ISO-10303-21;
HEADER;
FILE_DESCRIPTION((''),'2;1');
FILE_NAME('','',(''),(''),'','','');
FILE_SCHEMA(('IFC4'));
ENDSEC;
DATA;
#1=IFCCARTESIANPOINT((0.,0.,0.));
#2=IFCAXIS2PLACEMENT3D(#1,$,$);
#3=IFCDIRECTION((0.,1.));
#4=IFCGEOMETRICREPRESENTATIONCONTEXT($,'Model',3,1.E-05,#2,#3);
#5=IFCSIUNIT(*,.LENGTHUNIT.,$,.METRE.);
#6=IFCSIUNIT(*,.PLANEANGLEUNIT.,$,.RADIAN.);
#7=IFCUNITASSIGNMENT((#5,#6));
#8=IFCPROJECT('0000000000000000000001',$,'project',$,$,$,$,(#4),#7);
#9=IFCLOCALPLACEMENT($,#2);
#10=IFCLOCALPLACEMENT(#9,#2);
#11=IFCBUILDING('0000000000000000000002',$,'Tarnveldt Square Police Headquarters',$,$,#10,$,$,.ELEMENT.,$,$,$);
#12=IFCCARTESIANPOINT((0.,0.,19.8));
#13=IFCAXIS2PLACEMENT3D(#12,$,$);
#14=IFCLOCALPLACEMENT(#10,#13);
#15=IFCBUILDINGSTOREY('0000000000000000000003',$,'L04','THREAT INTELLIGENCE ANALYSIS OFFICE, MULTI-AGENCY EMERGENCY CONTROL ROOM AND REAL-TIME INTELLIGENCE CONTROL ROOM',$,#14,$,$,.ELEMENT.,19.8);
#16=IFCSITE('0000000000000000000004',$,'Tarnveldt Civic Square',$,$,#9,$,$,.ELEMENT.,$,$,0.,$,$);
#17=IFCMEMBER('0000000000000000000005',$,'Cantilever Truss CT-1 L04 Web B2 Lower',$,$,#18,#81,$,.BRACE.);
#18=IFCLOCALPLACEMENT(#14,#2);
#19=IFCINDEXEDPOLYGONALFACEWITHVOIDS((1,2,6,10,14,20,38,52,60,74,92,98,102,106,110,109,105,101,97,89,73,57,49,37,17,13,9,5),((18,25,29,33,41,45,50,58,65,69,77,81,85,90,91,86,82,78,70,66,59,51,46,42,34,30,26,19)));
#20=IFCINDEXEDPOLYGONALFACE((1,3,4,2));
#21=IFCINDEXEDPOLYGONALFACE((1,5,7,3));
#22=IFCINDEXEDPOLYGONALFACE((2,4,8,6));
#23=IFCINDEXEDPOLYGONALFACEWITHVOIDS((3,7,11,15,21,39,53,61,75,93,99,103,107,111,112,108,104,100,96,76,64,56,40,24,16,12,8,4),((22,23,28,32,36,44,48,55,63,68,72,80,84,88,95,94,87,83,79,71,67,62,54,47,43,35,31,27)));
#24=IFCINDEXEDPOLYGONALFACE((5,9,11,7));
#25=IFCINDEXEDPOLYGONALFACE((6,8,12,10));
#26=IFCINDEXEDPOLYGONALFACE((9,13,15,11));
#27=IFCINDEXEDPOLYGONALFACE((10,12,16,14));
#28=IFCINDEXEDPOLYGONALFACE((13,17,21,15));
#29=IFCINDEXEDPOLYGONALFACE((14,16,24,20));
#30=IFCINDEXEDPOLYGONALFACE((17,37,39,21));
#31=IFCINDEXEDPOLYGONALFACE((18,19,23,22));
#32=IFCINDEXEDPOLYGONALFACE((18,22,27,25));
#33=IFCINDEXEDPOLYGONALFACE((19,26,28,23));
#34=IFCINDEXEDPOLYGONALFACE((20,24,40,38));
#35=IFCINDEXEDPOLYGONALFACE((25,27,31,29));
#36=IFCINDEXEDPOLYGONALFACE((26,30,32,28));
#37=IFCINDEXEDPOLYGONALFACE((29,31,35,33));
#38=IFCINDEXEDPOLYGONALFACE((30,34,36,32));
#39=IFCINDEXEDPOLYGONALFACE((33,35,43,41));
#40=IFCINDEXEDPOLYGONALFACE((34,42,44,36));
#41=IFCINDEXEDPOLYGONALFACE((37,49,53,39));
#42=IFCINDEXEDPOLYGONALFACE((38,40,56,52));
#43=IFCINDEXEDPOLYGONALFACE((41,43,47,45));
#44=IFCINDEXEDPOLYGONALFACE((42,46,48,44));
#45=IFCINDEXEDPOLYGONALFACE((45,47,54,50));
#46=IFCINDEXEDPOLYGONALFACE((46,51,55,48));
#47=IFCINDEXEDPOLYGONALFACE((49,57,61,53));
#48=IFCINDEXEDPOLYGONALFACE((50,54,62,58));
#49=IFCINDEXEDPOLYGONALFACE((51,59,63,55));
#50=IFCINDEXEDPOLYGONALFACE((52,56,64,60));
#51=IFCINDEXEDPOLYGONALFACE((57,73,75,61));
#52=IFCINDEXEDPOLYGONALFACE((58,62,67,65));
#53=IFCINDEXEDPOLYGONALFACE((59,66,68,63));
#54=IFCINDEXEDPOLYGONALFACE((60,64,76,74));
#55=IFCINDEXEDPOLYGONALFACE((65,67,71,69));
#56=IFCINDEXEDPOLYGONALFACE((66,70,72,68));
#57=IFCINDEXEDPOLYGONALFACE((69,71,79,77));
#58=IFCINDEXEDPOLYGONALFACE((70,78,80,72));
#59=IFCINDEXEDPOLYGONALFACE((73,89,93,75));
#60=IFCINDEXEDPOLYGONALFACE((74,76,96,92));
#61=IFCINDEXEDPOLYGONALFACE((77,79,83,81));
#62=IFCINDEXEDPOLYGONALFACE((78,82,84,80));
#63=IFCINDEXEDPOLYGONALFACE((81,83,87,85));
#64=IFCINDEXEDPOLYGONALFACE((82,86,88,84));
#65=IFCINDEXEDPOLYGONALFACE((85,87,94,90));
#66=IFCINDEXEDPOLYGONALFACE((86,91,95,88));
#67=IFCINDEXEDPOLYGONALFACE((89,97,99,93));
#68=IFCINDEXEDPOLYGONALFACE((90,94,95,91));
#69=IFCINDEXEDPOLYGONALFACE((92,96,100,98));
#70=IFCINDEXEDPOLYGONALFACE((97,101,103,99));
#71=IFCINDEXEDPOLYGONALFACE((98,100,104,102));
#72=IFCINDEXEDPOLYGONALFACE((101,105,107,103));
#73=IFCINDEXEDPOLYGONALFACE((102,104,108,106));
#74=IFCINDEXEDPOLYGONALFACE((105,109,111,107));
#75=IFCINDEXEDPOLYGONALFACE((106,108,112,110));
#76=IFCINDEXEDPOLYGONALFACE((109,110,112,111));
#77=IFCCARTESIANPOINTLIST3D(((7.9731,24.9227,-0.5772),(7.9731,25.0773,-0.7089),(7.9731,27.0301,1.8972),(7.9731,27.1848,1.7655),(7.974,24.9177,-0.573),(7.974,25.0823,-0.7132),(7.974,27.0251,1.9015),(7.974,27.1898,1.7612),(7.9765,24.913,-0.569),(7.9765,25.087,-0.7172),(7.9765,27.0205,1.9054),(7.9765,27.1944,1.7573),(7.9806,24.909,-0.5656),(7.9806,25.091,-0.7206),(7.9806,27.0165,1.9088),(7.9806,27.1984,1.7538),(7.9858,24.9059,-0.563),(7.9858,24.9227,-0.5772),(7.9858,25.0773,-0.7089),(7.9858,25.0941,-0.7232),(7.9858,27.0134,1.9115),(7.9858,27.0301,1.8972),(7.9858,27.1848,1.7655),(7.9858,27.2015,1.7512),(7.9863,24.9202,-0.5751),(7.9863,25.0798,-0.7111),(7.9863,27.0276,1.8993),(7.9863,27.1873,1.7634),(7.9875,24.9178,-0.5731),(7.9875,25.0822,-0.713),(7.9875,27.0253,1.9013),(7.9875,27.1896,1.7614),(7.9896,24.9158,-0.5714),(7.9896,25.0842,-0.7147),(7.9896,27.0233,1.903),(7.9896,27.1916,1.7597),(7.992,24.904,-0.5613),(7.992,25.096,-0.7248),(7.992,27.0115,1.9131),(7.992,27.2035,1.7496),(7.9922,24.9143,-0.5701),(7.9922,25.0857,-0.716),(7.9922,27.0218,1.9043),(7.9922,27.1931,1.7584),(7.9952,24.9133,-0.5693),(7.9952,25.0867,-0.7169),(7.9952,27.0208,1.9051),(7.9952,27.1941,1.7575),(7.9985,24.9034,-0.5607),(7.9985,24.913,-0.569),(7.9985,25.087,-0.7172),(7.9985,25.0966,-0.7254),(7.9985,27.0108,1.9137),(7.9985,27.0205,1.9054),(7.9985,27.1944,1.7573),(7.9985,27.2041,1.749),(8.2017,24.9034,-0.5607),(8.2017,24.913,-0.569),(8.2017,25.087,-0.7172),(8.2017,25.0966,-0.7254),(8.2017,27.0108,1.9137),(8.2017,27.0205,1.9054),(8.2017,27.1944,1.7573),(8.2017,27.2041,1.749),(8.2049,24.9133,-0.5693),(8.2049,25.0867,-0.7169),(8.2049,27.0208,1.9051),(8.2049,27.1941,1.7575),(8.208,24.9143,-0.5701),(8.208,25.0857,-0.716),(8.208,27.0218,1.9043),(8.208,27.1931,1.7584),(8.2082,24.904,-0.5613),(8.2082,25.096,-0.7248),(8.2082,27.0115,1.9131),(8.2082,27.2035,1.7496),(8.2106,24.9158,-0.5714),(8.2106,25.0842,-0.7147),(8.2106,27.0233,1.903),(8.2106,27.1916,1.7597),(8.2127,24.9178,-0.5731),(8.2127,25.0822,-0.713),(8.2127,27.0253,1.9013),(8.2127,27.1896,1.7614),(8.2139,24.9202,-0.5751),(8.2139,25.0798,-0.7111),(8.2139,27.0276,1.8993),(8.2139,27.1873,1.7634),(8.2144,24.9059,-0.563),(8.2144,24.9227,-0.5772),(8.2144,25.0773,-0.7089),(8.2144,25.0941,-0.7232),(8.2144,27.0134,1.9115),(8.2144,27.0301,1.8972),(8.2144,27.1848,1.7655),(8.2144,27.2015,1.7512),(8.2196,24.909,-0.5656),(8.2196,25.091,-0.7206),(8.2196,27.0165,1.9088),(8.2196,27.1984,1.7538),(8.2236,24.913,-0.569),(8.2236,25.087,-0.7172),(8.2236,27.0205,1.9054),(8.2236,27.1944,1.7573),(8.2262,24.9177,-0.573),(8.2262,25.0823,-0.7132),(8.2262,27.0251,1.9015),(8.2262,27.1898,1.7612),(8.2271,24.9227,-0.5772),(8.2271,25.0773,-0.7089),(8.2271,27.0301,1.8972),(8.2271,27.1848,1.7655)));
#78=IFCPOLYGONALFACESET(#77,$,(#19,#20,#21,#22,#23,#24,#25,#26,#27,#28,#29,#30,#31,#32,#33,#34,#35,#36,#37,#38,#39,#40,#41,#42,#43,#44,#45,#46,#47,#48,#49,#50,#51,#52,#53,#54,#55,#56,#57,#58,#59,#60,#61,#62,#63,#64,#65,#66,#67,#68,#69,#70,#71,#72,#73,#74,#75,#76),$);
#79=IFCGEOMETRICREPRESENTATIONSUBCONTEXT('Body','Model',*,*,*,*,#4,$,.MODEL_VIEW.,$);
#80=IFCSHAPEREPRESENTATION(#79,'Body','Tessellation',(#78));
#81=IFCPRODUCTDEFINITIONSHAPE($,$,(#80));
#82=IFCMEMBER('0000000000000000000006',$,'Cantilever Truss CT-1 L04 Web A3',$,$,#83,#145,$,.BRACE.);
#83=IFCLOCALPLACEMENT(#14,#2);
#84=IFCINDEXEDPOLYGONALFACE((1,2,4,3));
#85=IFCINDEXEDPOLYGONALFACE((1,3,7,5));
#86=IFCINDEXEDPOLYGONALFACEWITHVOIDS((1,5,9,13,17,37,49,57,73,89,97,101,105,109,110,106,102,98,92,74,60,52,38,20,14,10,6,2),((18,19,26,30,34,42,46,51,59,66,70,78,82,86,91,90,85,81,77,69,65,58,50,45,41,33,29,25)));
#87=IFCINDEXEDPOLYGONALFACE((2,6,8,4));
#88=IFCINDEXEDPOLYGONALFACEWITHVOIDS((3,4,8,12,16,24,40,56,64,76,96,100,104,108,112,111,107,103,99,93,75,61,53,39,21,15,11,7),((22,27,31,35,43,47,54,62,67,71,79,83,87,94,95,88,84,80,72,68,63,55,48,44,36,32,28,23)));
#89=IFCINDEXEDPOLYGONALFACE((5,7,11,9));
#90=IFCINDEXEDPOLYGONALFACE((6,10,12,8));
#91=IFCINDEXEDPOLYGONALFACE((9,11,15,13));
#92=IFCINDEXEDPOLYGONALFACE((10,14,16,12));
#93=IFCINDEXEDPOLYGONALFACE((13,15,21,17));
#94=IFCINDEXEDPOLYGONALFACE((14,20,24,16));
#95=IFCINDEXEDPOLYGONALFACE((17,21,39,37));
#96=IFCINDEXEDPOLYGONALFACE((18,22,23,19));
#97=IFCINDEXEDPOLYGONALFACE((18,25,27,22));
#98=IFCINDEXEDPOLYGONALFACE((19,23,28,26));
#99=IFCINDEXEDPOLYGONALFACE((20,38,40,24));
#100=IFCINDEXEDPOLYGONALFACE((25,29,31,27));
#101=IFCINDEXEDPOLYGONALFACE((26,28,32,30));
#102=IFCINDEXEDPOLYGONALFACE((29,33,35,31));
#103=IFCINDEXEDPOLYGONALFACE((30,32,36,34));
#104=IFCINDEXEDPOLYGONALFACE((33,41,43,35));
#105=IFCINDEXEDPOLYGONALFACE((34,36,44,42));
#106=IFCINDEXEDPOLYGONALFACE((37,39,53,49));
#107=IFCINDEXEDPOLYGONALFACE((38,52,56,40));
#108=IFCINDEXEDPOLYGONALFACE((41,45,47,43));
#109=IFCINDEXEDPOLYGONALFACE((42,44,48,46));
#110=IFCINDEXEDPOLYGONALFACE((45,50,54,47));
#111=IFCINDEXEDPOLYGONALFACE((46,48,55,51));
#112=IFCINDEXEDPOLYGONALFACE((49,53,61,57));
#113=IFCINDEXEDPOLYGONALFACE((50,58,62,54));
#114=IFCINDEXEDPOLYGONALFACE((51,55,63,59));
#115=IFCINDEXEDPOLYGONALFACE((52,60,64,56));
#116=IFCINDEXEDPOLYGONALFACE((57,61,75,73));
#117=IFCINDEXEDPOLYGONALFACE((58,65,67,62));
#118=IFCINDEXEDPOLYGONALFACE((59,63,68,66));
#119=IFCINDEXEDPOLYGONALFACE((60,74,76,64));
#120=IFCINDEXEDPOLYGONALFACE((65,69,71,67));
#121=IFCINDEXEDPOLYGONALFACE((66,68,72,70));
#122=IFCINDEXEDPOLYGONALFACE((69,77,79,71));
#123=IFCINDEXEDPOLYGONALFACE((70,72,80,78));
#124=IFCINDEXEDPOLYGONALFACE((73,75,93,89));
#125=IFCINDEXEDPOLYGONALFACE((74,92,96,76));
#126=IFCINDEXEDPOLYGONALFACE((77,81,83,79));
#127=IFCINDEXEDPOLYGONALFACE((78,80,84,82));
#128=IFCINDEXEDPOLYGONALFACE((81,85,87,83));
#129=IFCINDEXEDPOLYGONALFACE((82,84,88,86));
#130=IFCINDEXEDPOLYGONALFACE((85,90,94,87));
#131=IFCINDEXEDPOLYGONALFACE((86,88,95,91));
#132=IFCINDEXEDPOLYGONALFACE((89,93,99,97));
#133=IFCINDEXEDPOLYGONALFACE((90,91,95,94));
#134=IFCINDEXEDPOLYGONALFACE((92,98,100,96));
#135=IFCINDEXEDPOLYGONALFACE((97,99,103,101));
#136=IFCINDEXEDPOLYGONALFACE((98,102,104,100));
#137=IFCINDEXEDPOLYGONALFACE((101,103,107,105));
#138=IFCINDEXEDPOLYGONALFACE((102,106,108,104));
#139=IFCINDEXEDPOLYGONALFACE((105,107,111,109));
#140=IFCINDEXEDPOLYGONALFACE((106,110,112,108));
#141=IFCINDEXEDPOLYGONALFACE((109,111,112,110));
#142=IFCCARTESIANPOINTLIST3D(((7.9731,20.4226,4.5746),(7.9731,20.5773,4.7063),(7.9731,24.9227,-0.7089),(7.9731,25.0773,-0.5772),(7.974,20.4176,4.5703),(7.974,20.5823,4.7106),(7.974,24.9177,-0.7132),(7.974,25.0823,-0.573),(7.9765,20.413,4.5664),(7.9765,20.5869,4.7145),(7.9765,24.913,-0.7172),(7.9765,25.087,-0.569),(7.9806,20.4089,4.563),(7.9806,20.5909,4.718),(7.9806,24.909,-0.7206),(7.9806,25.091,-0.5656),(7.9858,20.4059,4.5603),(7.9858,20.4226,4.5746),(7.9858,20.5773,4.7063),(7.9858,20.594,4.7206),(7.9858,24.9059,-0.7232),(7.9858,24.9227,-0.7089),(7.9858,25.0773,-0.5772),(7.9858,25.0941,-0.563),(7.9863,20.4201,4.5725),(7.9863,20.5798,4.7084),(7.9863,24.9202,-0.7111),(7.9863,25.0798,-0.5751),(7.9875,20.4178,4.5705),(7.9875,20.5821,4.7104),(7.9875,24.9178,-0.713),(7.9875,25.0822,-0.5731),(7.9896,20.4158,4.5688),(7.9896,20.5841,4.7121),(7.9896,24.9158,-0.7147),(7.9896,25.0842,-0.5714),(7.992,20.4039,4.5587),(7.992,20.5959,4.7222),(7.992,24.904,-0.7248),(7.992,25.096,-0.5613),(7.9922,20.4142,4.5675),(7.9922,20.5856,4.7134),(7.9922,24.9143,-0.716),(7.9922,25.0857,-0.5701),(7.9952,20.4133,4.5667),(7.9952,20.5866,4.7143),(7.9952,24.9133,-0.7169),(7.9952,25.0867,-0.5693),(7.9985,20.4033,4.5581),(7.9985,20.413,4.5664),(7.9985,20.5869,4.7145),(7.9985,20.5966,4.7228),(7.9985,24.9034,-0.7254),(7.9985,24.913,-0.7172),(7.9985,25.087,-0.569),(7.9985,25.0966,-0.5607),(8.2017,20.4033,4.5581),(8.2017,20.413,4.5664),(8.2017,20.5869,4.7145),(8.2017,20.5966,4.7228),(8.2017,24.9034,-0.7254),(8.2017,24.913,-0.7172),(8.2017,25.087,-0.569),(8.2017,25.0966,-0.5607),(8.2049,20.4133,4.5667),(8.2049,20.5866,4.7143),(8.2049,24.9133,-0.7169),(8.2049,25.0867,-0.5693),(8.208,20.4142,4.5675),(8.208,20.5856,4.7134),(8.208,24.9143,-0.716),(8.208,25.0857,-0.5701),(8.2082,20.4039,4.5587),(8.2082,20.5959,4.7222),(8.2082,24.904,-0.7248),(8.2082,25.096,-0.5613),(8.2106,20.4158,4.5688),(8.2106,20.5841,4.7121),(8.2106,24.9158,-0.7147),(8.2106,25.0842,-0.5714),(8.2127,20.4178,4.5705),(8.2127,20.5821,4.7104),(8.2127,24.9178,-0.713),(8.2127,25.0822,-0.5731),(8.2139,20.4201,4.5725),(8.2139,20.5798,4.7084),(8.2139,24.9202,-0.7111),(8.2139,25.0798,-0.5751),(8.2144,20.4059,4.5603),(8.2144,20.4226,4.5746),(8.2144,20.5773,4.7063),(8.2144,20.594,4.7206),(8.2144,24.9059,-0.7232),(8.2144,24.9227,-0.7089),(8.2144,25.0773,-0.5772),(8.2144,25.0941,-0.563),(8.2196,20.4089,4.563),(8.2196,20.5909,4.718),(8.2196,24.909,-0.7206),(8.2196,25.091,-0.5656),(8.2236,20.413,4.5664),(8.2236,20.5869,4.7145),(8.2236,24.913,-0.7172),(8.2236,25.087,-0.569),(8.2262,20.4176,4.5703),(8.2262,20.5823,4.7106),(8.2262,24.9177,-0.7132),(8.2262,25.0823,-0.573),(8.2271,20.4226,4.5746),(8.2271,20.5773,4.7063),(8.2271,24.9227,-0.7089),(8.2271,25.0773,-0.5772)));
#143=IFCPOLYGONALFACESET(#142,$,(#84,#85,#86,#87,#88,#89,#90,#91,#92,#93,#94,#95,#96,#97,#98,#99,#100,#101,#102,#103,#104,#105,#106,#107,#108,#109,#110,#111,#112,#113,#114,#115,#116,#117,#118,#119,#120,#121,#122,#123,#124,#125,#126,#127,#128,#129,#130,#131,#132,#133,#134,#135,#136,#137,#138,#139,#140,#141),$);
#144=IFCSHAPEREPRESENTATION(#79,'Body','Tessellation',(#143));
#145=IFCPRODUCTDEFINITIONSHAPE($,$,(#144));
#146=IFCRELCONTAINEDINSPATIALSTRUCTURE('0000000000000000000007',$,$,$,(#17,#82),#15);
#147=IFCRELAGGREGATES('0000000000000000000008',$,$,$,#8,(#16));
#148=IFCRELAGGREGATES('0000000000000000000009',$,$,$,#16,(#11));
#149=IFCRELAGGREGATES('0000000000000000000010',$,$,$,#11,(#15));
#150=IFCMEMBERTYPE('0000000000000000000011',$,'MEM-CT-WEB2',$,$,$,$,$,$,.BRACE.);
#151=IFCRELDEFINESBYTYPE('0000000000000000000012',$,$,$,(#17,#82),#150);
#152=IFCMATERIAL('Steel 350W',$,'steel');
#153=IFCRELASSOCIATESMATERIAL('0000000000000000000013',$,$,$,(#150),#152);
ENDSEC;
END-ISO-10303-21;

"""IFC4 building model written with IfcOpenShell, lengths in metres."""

from ifc_helpers import new_model, si_unit, direction, frame, origin, origin_2d, place, context, subcontext, project, spatial, hollow_rectangle, extrude, material, material_profile, profile_set, type_object, element, save


model = new_model("IFC4")

# Units and contexts
model_context = context("Model", 3, precision=1e-05, world=origin(), true_north=direction((0.0, 1.0)))
body_context = subcontext(model_context, "Body", "Model", "MODEL_VIEW")
ifc_project = project(units=[si_unit("LENGTHUNIT", "METRE"), si_unit("PLANEANGLEUNIT", "RADIAN")], contexts=[model_context])

# Site, building, storey
site_placement = place(None, origin())
site = spatial("IfcSite", under=ifc_project, at=site_placement, Name="Tarnveldt Civic Square", CompositionType="ELEMENT", RefElevation=0.0)
building_placement = place(site_placement, origin())
building = spatial("IfcBuilding", under=site, at=building_placement, Name="Tarnveldt Square Police Headquarters", CompositionType="ELEMENT")
storey_placement = place(building_placement, frame((0.0, 0.0, 19.8)))
storey = spatial("IfcBuildingStorey", under=building, at=storey_placement, Name="L04", Description="THREAT INTELLIGENCE ANALYSIS OFFICE, MULTI-AGENCY EMERGENCY CONTROL ROOM AND REAL-TIME INTELLIGENCE CONTROL ROOM", CompositionType="ELEMENT", Elevation=19.8)

# Shared definitions
ifc_material_1 = material(Name="Steel 350W", Category="steel")

# Members
ifc_material_profile_1 = material_profile(ifc_material_1, hollow_rectangle(XDim=0.2539, YDim=0.2539, WallThickness=0.0127, InnerFilletRadius=0.0127, OuterFilletRadius=0.0254, at=origin_2d()), Name="HSS254x254x13")
ifc_profile_set_1 = profile_set([ifc_material_profile_1], Name="Steel 350W")
member_type_1 = type_object("IfcMemberType", Name="MEM-CT-WEB2", PredefinedType="BRACE", material=ifc_profile_set_1)
member_1_placement = place(storey_placement, frame((8.1001, 25.0, -0.6431), z_axis=(0.0, 0.6484, 0.7613), x_axis=(-1.0, 0.0, 0.0)))
element("IfcMember", 1, at=member_1_placement, inside=storey, type_object=member_type_1, Name="Cantilever Truss CT-1 L04 Web B2 Lower", PredefinedType="BRACE", context=body_context, shape_type="SweptSolid", body=[
    extrude(hollow_rectangle(XDim=0.2539, YDim=0.2539, WallThickness=0.0127, InnerFilletRadius=0.0127, OuterFilletRadius=0.0254, at=origin_2d()), origin(), (0.0, 0.0, 1.0), 3.2502),
])
member_2_placement = place(storey_placement, frame((8.1001, 25.0, -0.6431), z_axis=(0.0, -0.648407, 0.761294), x_axis=(1.0, 0.0, 0.0)))
element("IfcMember", 2, at=member_2_placement, inside=storey, type_object=member_type_1, Name="Cantilever Truss CT-1 L04 Web A3", PredefinedType="BRACE", context=body_context, shape_type="SweptSolid", body=[
    extrude(hollow_rectangle(XDim=0.2539, YDim=0.2539, WallThickness=0.0127, InnerFilletRadius=0.0127, OuterFilletRadius=0.0254, at=origin_2d()), origin(), (0.0, 0.0, 1.0), 6.9402),
])

save(model, "model.ifc")
